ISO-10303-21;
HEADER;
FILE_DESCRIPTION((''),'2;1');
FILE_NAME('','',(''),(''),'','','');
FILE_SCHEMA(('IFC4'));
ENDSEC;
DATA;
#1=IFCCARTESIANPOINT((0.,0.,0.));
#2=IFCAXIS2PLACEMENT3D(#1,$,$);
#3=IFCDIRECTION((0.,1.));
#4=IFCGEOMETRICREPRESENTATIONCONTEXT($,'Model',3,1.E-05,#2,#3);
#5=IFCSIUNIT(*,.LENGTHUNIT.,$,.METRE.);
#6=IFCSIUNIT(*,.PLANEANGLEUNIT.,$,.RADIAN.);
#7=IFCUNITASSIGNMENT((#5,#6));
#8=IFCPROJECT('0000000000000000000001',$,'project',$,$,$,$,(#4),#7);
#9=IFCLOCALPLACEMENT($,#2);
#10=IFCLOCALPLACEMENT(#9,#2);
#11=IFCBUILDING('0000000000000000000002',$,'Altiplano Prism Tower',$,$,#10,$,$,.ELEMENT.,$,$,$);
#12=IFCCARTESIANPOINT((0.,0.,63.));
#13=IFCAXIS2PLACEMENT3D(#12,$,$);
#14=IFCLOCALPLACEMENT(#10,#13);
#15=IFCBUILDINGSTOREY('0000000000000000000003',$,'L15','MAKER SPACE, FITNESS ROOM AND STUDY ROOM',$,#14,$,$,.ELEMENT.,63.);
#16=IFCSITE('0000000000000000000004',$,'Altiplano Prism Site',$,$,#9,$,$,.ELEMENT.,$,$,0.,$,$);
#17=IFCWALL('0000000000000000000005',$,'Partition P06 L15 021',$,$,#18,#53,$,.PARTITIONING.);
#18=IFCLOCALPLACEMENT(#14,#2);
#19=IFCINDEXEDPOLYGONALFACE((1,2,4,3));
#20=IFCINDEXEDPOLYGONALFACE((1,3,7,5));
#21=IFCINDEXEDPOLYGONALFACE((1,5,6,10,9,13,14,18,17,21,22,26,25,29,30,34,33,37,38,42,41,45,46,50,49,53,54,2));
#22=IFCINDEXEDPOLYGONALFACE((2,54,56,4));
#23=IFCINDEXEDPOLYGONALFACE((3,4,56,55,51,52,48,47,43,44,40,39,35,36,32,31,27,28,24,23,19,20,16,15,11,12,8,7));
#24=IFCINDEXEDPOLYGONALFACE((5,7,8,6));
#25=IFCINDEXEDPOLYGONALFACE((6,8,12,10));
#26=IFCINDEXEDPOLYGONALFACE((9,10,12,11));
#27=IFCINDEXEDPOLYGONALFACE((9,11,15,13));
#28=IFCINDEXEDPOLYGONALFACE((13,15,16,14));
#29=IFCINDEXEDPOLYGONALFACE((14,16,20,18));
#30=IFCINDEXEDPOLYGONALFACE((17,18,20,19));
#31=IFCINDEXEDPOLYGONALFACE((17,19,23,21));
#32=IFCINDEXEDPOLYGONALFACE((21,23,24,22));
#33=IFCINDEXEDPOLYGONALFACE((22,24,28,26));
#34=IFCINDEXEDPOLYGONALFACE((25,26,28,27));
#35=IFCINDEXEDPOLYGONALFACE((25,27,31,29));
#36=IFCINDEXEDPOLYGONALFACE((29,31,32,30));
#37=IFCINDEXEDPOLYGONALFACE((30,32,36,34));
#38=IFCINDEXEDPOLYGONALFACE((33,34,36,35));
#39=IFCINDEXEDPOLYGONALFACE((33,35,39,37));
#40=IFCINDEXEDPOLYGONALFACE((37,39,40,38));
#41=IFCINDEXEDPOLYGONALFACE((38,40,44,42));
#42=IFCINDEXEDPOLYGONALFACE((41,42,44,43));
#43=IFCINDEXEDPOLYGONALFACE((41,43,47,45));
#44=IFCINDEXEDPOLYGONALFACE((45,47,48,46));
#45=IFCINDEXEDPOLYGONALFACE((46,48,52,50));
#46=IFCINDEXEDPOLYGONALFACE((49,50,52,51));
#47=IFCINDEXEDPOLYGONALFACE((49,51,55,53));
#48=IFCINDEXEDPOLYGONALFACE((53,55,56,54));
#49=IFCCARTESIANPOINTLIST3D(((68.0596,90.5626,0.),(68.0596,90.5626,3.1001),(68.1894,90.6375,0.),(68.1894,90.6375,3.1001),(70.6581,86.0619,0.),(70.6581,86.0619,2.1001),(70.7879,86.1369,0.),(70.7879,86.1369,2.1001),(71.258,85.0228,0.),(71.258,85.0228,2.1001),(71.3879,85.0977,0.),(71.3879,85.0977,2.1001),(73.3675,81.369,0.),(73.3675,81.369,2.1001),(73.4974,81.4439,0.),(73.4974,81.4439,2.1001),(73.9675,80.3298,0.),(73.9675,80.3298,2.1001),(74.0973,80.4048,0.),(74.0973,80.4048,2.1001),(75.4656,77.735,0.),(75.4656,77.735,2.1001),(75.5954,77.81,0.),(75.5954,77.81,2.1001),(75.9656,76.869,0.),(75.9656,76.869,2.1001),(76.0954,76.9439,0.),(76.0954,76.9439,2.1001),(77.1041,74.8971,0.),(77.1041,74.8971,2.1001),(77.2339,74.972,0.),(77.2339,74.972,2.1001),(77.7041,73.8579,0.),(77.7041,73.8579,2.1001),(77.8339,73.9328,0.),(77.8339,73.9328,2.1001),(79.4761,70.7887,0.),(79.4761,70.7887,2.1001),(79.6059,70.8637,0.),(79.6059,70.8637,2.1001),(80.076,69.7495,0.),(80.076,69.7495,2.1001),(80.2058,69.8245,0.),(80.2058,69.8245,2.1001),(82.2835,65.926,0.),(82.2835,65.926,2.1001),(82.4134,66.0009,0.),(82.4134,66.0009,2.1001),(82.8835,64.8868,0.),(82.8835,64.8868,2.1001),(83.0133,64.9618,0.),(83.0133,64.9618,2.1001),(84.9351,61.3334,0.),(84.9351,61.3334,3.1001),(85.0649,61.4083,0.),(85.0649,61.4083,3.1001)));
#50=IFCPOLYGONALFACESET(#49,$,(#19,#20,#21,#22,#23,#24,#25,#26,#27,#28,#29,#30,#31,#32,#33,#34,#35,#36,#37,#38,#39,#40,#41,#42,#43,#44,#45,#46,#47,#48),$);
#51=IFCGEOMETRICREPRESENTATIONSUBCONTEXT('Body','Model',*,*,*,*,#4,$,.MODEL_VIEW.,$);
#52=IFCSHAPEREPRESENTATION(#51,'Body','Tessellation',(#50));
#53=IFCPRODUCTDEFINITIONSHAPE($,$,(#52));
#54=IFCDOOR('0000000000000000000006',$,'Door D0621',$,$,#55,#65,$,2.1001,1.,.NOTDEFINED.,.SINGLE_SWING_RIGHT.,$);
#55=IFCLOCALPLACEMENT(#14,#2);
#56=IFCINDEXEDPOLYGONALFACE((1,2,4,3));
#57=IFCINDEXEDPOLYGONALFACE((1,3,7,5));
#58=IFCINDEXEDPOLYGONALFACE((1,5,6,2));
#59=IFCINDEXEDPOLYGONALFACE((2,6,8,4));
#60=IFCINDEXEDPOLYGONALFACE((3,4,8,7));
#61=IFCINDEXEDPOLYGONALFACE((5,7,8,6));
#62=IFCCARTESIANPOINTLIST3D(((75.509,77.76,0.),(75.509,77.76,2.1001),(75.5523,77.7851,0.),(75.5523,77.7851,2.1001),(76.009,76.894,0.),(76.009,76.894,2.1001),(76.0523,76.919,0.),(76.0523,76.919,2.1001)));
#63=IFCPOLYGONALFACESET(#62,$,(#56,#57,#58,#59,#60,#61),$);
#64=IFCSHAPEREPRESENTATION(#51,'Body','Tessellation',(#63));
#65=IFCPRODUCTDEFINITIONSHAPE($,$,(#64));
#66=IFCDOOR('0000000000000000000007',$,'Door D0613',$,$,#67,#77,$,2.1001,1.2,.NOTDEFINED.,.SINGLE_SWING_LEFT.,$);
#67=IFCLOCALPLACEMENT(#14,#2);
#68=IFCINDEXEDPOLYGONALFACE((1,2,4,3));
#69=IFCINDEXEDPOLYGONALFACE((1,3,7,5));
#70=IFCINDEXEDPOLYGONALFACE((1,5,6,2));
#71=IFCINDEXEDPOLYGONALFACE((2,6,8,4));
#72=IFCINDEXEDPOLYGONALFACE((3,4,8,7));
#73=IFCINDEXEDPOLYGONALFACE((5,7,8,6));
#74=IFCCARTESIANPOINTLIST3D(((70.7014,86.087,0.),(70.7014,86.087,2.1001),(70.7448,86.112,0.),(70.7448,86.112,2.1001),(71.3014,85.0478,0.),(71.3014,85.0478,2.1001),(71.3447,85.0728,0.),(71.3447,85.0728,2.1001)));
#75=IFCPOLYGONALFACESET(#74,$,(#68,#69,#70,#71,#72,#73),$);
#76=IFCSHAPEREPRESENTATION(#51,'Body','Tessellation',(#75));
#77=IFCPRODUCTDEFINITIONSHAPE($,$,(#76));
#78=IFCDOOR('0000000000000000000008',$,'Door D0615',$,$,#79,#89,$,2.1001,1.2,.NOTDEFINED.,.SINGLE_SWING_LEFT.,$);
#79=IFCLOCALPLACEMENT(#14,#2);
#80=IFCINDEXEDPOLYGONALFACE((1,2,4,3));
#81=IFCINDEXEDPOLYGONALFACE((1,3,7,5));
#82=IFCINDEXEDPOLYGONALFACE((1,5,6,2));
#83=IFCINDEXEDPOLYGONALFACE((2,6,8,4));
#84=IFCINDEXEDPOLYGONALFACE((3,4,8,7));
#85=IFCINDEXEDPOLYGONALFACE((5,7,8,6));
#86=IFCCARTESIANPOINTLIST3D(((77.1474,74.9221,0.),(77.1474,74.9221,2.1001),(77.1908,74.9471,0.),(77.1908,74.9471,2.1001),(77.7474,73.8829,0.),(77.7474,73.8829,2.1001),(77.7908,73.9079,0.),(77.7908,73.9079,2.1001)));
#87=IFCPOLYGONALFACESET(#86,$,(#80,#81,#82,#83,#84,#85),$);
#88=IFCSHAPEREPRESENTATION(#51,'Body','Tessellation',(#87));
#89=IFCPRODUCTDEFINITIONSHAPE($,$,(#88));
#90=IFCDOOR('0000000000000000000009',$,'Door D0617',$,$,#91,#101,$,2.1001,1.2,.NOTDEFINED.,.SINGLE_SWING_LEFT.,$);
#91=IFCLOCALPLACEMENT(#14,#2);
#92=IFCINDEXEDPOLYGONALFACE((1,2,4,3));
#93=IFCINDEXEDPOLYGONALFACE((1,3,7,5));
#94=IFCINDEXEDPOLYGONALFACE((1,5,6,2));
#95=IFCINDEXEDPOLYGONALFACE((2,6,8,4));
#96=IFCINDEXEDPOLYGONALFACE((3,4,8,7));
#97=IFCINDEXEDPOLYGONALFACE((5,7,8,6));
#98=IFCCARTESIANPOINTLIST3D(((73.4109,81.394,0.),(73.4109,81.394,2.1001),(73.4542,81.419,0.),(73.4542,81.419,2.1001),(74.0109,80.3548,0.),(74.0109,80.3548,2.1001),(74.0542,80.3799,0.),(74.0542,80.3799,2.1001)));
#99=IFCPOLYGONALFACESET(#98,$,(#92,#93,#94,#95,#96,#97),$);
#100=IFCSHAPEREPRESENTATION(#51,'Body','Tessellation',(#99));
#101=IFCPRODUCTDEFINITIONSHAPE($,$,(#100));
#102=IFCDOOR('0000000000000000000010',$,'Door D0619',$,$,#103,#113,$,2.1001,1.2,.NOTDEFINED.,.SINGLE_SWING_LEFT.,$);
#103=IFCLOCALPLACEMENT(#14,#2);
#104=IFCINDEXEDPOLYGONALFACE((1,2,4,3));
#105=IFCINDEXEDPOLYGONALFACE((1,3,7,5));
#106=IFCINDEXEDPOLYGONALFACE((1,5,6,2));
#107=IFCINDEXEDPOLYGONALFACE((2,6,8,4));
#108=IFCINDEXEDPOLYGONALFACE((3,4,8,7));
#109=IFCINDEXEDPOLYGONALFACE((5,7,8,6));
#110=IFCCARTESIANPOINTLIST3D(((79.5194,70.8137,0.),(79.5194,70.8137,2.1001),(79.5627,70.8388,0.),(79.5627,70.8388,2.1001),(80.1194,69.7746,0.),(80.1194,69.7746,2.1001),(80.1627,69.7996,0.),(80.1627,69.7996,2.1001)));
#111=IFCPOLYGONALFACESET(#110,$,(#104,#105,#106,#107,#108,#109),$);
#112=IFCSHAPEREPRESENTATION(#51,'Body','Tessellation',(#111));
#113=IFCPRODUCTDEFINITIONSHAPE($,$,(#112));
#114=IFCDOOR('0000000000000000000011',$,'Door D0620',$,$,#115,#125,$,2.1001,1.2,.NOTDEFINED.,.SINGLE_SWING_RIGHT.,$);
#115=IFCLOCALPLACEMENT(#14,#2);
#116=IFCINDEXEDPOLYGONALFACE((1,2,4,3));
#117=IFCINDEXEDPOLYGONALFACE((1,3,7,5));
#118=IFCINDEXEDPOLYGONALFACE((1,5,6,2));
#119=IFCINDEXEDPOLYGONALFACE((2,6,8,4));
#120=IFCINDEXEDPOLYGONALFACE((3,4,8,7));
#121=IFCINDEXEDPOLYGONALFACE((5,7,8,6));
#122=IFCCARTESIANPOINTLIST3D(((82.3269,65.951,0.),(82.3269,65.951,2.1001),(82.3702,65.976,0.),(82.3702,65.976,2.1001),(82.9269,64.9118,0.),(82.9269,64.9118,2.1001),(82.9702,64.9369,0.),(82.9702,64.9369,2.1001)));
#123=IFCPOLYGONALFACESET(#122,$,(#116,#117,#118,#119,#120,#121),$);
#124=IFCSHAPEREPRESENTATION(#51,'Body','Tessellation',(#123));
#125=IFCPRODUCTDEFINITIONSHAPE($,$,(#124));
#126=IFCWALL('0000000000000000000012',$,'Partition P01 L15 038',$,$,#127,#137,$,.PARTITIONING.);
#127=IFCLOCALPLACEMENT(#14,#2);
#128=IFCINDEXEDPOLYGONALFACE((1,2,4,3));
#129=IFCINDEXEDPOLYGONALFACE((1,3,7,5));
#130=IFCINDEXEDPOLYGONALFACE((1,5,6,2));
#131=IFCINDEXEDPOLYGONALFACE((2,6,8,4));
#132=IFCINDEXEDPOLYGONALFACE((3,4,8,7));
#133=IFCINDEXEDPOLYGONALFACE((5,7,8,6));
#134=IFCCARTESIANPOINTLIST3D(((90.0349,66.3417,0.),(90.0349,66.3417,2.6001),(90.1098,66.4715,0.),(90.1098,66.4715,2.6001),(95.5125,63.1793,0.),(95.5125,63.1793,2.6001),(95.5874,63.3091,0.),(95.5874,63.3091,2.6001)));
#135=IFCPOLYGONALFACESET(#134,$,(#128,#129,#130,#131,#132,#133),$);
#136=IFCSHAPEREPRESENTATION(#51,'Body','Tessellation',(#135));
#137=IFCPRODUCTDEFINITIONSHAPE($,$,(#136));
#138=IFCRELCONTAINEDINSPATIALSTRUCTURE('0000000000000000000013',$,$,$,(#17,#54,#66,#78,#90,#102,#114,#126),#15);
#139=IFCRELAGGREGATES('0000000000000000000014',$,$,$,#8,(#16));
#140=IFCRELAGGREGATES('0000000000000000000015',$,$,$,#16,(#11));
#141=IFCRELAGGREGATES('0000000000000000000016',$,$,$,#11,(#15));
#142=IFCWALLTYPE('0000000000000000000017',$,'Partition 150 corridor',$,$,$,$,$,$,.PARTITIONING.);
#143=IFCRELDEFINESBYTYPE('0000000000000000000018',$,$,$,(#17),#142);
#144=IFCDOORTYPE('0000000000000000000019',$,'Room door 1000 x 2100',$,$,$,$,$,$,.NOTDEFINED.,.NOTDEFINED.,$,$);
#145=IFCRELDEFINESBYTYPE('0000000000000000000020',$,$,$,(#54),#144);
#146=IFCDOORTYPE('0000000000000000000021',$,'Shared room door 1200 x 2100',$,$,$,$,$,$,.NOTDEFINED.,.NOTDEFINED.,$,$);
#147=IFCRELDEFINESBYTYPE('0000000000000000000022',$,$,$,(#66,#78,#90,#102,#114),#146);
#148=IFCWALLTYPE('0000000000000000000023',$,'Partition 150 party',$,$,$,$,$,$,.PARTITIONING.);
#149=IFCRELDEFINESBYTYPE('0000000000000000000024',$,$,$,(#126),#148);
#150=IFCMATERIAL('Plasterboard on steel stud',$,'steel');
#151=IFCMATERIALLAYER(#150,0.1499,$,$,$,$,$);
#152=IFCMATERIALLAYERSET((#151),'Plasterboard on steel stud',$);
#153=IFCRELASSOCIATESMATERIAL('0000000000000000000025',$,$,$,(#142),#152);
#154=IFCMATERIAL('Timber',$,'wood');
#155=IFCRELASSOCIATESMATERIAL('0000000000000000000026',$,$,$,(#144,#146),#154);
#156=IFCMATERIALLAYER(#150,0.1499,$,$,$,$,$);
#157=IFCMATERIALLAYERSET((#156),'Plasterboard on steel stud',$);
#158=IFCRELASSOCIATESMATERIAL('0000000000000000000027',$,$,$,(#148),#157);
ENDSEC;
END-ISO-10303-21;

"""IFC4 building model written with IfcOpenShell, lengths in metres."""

from ifc_helpers import new_model, si_unit, direction, frame, frame_2d, origin, place, context, subcontext, project, spatial, rectangle, extrude, material, layer, layer_set, type_object, element, fill, save


model = new_model("IFC4")

# Units and contexts
model_context = context("Model", 3, precision=1e-05, world=origin(), true_north=direction((0.0, 1.0)))
body_context = subcontext(model_context, "Body", "Model", "MODEL_VIEW")
ifc_project = project(units=[si_unit("LENGTHUNIT", "METRE"), si_unit("PLANEANGLEUNIT", "RADIAN")], contexts=[model_context])

# Site, building, storey
site_placement = place(None, origin())
site = spatial("IfcSite", under=ifc_project, at=site_placement, Name="Altiplano Prism Site", CompositionType="ELEMENT", RefElevation=0.0)
building_placement = place(site_placement, origin())
building = spatial("IfcBuilding", under=site, at=building_placement, Name="Altiplano Prism Tower", CompositionType="ELEMENT")
storey_placement = place(building_placement, frame((0.0, 0.0, 63.0)))
storey = spatial("IfcBuildingStorey", under=building, at=storey_placement, Name="L15", Description="MAKER SPACE, FITNESS ROOM AND STUDY ROOM", CompositionType="ELEMENT", Elevation=63.0)

# Wall, openings, doors
ifc_material_1 = material(Name="Plasterboard on steel stud", Category="steel")
ifc_layer_1 = layer(ifc_material_1, 0.1499)
ifc_layer_set_1 = layer_set([ifc_layer_1], Name="Plasterboard on steel stud")
wall_type_1 = type_object("IfcWallType", Name="Partition 150 corridor", PredefinedType="PARTITIONING", material=ifc_layer_set_1)
wall_1_placement = place(storey_placement, frame((85.0, 61.3708, 0.0), z_axis=(0.0, 0.0, 1.0), x_axis=(-0.499999, 0.866026, 0.0)))
wall_1 = element("IfcWall", 1, at=wall_1_placement, inside=storey, type_object=wall_type_1, Name="Partition P06 L15 021", PredefinedType="PARTITIONING", context=body_context, shape_type="SweptSolid", body=[
    extrude(rectangle(XDim=33.751, YDim=0.1499, at=frame_2d((16.8755, 0.0))), origin(), (0.0, 0.0, 1.0), 3.1001),
])
opening_1_placement = place(wall_1_placement, frame((27.354, 0.0, 0.0)))
opening_1 = element("IfcOpeningElement", 2, at=opening_1_placement, cuts=wall_1, PredefinedType="OPENING", context=body_context, shape_type="SweptSolid", body=[
    extrude(rectangle(XDim=1.2, YDim=2.1001, at=frame_2d((0.6001, 1.05))), frame((0.0, 0.0854, 0.0), z_axis=(0.0, -1.0, 0.0), x_axis=(1.0, 0.0, 0.0)), (0.0, 0.0, 1.0), 0.1709),
])
opening_2_placement = place(wall_1_placement, frame((14.4619, 0.0, 0.0)))
opening_2 = element("IfcOpeningElement", 3, at=opening_2_placement, cuts=wall_1, PredefinedType="OPENING", context=body_context, shape_type="SweptSolid", body=[
    extrude(rectangle(XDim=1.2, YDim=2.1001, at=frame_2d((0.6001, 1.05))), frame((0.0, 0.0854, 0.0), z_axis=(0.0, -1.0, 0.0), x_axis=(1.0, 0.0, 0.0)), (0.0, 0.0, 1.0), 0.1709),
])
opening_3_placement = place(wall_1_placement, frame((21.9351, 0.0, 0.0)))
opening_3 = element("IfcOpeningElement", 4, at=opening_3_placement, cuts=wall_1, PredefinedType="OPENING", context=body_context, shape_type="SweptSolid", body=[
    extrude(rectangle(XDim=1.2, YDim=2.1001, at=frame_2d((0.6001, 1.05))), frame((0.0, 0.0854, 0.0), z_axis=(0.0, -1.0, 0.0), x_axis=(1.0, 0.0, 0.0)), (0.0, 0.0, 1.0), 0.1709),
])
opening_4_placement = place(wall_1_placement, frame((9.718, 0.0, 0.0)))
opening_4 = element("IfcOpeningElement", 5, at=opening_4_placement, cuts=wall_1, PredefinedType="OPENING", context=body_context, shape_type="SweptSolid", body=[
    extrude(rectangle(XDim=1.2, YDim=2.1001, at=frame_2d((0.6001, 1.05))), frame((0.0, 0.0854, 0.0), z_axis=(0.0, -1.0, 0.0), x_axis=(1.0, 0.0, 0.0)), (0.0, 0.0, 1.0), 0.1709),
])
opening_5_placement = place(wall_1_placement, frame((4.103, 0.0, 0.0)))
opening_5 = element("IfcOpeningElement", 6, at=opening_5_placement, cuts=wall_1, PredefinedType="OPENING", context=body_context, shape_type="SweptSolid", body=[
    extrude(rectangle(XDim=1.2, YDim=2.1001, at=frame_2d((0.6001, 1.05))), frame((0.0, 0.0854, 0.0), z_axis=(0.0, -1.0, 0.0), x_axis=(1.0, 0.0, 0.0)), (0.0, 0.0, 1.0), 0.1709),
])
opening_6_placement = place(wall_1_placement, frame((17.939, 0.0, 0.0)))
opening_6 = element("IfcOpeningElement", 7, at=opening_6_placement, cuts=wall_1, PredefinedType="OPENING", context=body_context, shape_type="SweptSolid", body=[
    extrude(rectangle(XDim=1.0, YDim=2.1001, at=frame_2d((0.5, 1.05))), frame((0.0, 0.0854, 0.0), z_axis=(0.0, -1.0, 0.0), x_axis=(1.0, 0.0, 0.0)), (0.0, 0.0, 1.0), 0.1709),
])
ifc_material_2 = material(Name="Timber", Category="wood")
door_type_1 = type_object("IfcDoorType", Name="Room door 1000 x 2100", OperationType="NOTDEFINED", PredefinedType="NOTDEFINED", material=ifc_material_2)
door_1_placement = place(opening_6_placement, origin())
door_1 = element("IfcDoor", 8, at=door_1_placement, inside=storey, type_object=door_type_1, Name="Door D0621", OperationType="SINGLE_SWING_RIGHT", OverallHeight=2.1001, OverallWidth=1.0, PredefinedType="NOTDEFINED", context=body_context, shape_type="SweptSolid", body=[
    extrude(rectangle(XDim=1.0, YDim=2.1001, at=frame_2d((0.5, 1.05))), frame((0.0, 0.0249, 0.0), z_axis=(0.0, -1.0, 0.0), x_axis=(1.0, 0.0, 0.0)), (0.0, 0.0, 1.0), 0.05),
])
fill(opening_6, door_1)
door_type_2 = type_object("IfcDoorType", Name="Shared room door 1200 x 2100", OperationType="NOTDEFINED", PredefinedType="NOTDEFINED", material=ifc_material_2)
door_2_placement = place(opening_1_placement, origin())
door_2 = element("IfcDoor", 9, at=door_2_placement, inside=storey, type_object=door_type_2, Name="Door D0613", OperationType="SINGLE_SWING_LEFT", OverallHeight=2.1001, OverallWidth=1.2, PredefinedType="NOTDEFINED", context=body_context, shape_type="SweptSolid", body=[
    extrude(rectangle(XDim=1.2, YDim=2.1001, at=frame_2d((0.6001, 1.05))), frame((0.0, 0.0249, 0.0), z_axis=(0.0, -1.0, 0.0), x_axis=(1.0, 0.0, 0.0)), (0.0, 0.0, 1.0), 0.05),
])
fill(opening_1, door_2)
door_3_placement = place(opening_2_placement, origin())
door_3 = element("IfcDoor", 10, at=door_3_placement, inside=storey, type_object=door_type_2, Name="Door D0615", OperationType="SINGLE_SWING_LEFT", OverallHeight=2.1001, OverallWidth=1.2, PredefinedType="NOTDEFINED", context=body_context, shape_type="SweptSolid", body=[
    extrude(rectangle(XDim=1.2, YDim=2.1001, at=frame_2d((0.6001, 1.05))), frame((0.0, 0.0249, 0.0), z_axis=(0.0, -1.0, 0.0), x_axis=(1.0, 0.0, 0.0)), (0.0, 0.0, 1.0), 0.05),
])
fill(opening_2, door_3)
door_4_placement = place(opening_3_placement, origin())
door_4 = element("IfcDoor", 11, at=door_4_placement, inside=storey, type_object=door_type_2, Name="Door D0617", OperationType="SINGLE_SWING_LEFT", OverallHeight=2.1001, OverallWidth=1.2, PredefinedType="NOTDEFINED", context=body_context, shape_type="SweptSolid", body=[
    extrude(rectangle(XDim=1.2, YDim=2.1001, at=frame_2d((0.6001, 1.05))), frame((0.0, 0.0249, 0.0), z_axis=(0.0, -1.0, 0.0), x_axis=(1.0, 0.0, 0.0)), (0.0, 0.0, 1.0), 0.05),
])
fill(opening_3, door_4)
door_5_placement = place(opening_4_placement, origin())
door_5 = element("IfcDoor", 12, at=door_5_placement, inside=storey, type_object=door_type_2, Name="Door D0619", OperationType="SINGLE_SWING_LEFT", OverallHeight=2.1001, OverallWidth=1.2, PredefinedType="NOTDEFINED", context=body_context, shape_type="SweptSolid", body=[
    extrude(rectangle(XDim=1.2, YDim=2.1001, at=frame_2d((0.6001, 1.05))), frame((0.0, 0.0249, 0.0), z_axis=(0.0, -1.0, 0.0), x_axis=(1.0, 0.0, 0.0)), (0.0, 0.0, 1.0), 0.05),
])
fill(opening_4, door_5)
door_6_placement = place(opening_5_placement, origin())
door_6 = element("IfcDoor", 13, at=door_6_placement, inside=storey, type_object=door_type_2, Name="Door D0620", OperationType="SINGLE_SWING_RIGHT", OverallHeight=2.1001, OverallWidth=1.2, PredefinedType="NOTDEFINED", context=body_context, shape_type="SweptSolid", body=[
    extrude(rectangle(XDim=1.2, YDim=2.1001, at=frame_2d((0.6001, 1.05))), frame((0.0, 0.0249, 0.0), z_axis=(0.0, -1.0, 0.0), x_axis=(1.0, 0.0, 0.0)), (0.0, 0.0, 1.0), 0.05),
])
fill(opening_5, door_6)

# Wall
ifc_layer_2 = layer(ifc_material_1, 0.1499)
ifc_layer_set_2 = layer_set([ifc_layer_2], Name="Plasterboard on steel stud")
wall_type_2 = type_object("IfcWallType", Name="Partition 150 party", PredefinedType="PARTITIONING", material=ifc_layer_set_2)
wall_2_placement = place(storey_placement, frame((95.55, 63.2441, 0.0), z_axis=(0.0, 0.0, 1.0), x_axis=(-0.866033, 0.499988, 0.0)))
element("IfcWall", 14, at=wall_2_placement, inside=storey, type_object=wall_type_2, Name="Partition P01 L15 038", PredefinedType="PARTITIONING", context=body_context, shape_type="SweptSolid", body=[
    extrude(rectangle(XDim=6.325, YDim=0.1499, at=frame_2d((3.1626, 0.0))), origin(), (0.0, 0.0, 1.0), 2.6001),
])

save(model, "model.ifc")
